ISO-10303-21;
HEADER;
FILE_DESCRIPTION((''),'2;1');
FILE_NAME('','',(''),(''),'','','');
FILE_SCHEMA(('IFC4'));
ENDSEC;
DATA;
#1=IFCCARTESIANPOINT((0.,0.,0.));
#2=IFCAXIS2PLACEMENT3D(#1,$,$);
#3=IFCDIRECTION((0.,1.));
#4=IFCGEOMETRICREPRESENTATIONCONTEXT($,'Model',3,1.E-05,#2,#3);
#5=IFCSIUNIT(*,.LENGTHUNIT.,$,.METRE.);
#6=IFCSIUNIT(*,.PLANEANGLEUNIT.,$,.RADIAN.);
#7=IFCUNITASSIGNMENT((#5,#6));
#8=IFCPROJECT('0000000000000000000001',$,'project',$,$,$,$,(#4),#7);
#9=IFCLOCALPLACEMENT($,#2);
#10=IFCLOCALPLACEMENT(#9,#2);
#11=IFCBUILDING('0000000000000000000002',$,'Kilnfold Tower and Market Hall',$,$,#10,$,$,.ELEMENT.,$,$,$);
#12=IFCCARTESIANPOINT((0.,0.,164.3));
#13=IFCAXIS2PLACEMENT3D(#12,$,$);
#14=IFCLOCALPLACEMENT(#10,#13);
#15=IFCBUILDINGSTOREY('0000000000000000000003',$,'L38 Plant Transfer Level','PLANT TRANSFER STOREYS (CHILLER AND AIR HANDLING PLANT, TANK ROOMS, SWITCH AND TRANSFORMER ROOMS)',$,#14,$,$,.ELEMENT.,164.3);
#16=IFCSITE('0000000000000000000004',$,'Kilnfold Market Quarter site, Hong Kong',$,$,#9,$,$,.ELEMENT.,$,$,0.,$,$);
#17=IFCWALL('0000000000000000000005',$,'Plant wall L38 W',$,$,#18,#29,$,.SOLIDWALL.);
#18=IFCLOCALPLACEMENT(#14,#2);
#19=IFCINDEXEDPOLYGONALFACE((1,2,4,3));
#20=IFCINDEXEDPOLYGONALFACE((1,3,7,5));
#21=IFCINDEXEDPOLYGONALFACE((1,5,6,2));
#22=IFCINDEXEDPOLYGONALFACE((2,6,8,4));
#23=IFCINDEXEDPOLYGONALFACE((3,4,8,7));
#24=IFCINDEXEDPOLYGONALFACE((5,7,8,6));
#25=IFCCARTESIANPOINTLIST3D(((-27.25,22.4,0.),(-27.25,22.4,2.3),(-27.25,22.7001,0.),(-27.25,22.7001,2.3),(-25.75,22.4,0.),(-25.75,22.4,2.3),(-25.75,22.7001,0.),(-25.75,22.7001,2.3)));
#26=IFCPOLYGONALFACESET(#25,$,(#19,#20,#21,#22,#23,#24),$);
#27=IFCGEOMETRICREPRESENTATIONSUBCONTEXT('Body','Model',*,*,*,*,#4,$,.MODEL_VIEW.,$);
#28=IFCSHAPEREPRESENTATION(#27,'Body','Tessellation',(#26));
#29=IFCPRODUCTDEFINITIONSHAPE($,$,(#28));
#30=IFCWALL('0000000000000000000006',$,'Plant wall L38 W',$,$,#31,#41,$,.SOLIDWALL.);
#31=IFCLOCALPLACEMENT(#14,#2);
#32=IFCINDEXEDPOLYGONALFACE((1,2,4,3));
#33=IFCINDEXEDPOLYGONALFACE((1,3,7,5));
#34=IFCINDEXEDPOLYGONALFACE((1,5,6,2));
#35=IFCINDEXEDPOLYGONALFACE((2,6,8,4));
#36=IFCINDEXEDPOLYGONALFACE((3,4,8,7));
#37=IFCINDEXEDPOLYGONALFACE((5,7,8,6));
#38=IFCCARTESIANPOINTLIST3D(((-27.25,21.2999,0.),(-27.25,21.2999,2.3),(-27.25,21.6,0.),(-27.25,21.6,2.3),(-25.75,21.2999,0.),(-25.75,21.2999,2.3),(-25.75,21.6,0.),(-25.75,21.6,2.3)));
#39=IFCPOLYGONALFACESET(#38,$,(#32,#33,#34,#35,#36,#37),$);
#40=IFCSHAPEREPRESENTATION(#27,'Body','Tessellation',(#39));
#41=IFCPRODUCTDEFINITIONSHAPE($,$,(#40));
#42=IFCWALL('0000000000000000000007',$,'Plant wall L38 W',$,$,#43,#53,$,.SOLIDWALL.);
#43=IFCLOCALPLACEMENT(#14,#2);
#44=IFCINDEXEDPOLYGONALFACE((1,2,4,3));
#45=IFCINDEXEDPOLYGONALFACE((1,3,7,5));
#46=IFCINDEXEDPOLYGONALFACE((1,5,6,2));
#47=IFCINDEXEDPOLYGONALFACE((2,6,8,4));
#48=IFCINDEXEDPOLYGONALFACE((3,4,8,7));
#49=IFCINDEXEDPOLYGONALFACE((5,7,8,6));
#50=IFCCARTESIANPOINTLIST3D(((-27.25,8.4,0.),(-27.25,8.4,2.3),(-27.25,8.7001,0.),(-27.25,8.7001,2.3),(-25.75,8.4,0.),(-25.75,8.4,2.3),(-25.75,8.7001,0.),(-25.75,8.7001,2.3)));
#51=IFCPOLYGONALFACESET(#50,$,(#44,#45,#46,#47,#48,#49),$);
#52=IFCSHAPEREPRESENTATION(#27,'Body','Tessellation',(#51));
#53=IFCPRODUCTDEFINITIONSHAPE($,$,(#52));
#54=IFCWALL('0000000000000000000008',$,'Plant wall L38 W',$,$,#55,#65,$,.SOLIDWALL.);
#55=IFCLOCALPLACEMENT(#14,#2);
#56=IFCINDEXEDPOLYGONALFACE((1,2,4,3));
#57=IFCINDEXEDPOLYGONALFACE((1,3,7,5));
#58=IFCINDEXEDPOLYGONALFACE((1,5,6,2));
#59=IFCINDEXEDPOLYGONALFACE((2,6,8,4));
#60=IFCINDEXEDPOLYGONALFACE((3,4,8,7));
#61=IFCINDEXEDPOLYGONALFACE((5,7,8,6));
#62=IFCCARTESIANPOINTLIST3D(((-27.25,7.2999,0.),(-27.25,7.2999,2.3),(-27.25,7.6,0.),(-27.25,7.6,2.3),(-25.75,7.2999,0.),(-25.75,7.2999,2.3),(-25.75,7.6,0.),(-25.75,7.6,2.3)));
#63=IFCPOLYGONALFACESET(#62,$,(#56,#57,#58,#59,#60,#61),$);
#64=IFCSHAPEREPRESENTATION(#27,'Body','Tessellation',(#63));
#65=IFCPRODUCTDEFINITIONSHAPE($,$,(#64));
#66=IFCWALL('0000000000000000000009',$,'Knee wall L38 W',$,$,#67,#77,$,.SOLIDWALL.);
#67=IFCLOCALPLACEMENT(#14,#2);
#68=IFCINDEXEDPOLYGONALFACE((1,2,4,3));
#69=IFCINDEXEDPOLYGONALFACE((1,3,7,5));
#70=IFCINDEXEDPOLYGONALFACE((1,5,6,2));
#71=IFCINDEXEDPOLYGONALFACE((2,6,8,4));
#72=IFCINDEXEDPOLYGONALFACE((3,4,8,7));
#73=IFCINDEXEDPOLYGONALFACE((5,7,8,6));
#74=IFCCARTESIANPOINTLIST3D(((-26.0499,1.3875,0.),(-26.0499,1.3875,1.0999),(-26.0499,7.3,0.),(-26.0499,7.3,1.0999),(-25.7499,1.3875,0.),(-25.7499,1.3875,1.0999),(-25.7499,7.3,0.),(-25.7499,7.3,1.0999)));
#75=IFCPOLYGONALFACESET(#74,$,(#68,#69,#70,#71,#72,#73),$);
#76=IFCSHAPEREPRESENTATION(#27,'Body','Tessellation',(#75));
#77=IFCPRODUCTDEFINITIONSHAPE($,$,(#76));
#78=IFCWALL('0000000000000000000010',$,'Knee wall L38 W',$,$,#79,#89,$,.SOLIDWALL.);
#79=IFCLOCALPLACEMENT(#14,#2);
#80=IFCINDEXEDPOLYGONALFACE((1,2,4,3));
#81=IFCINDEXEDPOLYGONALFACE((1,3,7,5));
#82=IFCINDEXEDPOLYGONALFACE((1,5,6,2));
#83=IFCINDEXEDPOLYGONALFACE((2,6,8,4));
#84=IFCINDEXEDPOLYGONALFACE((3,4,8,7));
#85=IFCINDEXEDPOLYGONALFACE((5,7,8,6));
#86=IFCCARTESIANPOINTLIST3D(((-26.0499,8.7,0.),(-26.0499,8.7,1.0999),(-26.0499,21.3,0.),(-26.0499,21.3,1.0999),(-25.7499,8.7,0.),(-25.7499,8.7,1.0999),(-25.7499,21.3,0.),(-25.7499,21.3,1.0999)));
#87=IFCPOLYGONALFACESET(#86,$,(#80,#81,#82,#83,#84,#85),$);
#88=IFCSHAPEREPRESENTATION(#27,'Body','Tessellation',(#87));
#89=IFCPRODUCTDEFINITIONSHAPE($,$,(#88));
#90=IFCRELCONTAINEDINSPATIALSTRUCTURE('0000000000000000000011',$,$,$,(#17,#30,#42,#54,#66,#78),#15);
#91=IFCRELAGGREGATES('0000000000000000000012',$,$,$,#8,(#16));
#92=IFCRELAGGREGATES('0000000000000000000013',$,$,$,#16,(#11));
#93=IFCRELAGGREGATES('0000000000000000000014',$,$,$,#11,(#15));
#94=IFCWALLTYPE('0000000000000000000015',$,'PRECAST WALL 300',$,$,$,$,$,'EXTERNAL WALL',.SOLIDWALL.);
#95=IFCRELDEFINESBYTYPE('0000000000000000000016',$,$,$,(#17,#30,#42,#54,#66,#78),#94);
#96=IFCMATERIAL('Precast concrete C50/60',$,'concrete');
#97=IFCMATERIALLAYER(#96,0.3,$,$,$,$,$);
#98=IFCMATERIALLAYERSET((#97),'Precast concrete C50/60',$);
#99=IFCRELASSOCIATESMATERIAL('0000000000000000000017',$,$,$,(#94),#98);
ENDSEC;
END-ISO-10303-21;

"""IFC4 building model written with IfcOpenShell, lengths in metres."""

from ifc_helpers import new_model, si_unit, direction, frame, frame_2d, origin, place, context, subcontext, project, spatial, rectangle, extrude, source, transform, mapped, material, layer, layer_set, type_object, element, save


model = new_model("IFC4")

# Units and contexts
model_context = context("Model", 3, precision=1e-05, world=origin(), true_north=direction((0.0, 1.0)))
body_context = subcontext(model_context, "Body", "Model", "MODEL_VIEW")
ifc_project = project(units=[si_unit("LENGTHUNIT", "METRE"), si_unit("PLANEANGLEUNIT", "RADIAN")], contexts=[model_context])

# Site, building, storey
site_placement = place(None, origin())
site = spatial("IfcSite", under=ifc_project, at=site_placement, Name="Kilnfold Market Quarter site, Hong Kong", CompositionType="ELEMENT", RefElevation=0.0)
building_placement = place(site_placement, origin())
building = spatial("IfcBuilding", under=site, at=building_placement, Name="Kilnfold Tower and Market Hall", CompositionType="ELEMENT")
storey_placement = place(building_placement, frame((0.0, 0.0, 164.3)))
storey = spatial("IfcBuildingStorey", under=building, at=storey_placement, Name="L38 Plant Transfer Level", Description="PLANT TRANSFER STOREYS (CHILLER AND AIR HANDLING PLANT, TANK ROOMS, SWITCH AND TRANSFORMER ROOMS)", CompositionType="ELEMENT", Elevation=164.3)

# Walls
ifc_material_1 = material(Name="Precast concrete C50/60", Category="concrete")
ifc_layer_1 = layer(ifc_material_1, 0.3)
ifc_layer_set_1 = layer_set([ifc_layer_1], Name="Precast concrete C50/60")
wall_type_1 = type_object("IfcWallType", Name="PRECAST WALL 300", ElementType="EXTERNAL WALL", PredefinedType="SOLIDWALL", material=ifc_layer_set_1)
shared_shape_1 = source(origin(), body_context, "Body", "SweptSolid", [
    extrude(rectangle(XDim=1.5, YDim=0.3, at=frame_2d((0.75, 0.0))), origin(), (0.0, 0.0, 1.0), 2.3),
])
for number, where, z_axis, x_axis, name in (
    (1, (-27.25, 22.55, 0.0), (0.0, 0.0, 1.0), (1.0, 0.0, 0.0), "Plant wall L38 W"),
    (2, (-27.25, 21.45, 0.0), (0.0, 0.0, 1.0), (1.0, 0.0, 0.0), "Plant wall L38 W"),
    (3, (-27.25, 8.55, 0.0), (0.0, 0.0, 1.0), (1.0, 0.0, 0.0), "Plant wall L38 W"),
    (4, (-27.25, 7.45, 0.0), (0.0, 0.0, 1.0), (1.0, 0.0, 0.0), "Plant wall L38 W"),
):
    element("IfcWall", number, at=place(storey_placement, frame(where, z_axis=z_axis, x_axis=x_axis)), inside=storey, type_object=wall_type_1, Name=name, PredefinedType="SOLIDWALL", context=body_context, shape_type="MappedRepresentation", body=[
        mapped(shared_shape_1, transform((0.0, 0.0, 0.0))),
    ])
shared_shape_2 = source(origin(), body_context, "Body", "SweptSolid", [
    extrude(rectangle(XDim=5.9126, YDim=0.3, at=frame_2d((2.9563, 0.0))), origin(), (0.0, 0.0, 1.0), 1.0999),
])
wall_1_placement = place(storey_placement, frame((-25.8999, 7.3, 0.0), z_axis=(0.0, 0.0, 1.0), x_axis=(0.0, -1.0, 0.0)))
element("IfcWall", 5, at=wall_1_placement, inside=storey, type_object=wall_type_1, Name="Knee wall L38 W", PredefinedType="SOLIDWALL", context=body_context, shape_type="MappedRepresentation", body=[
    mapped(shared_shape_2, transform((0.0, 0.0, 0.0))),
])
shared_shape_3 = source(origin(), body_context, "Body", "SweptSolid", [
    extrude(rectangle(XDim=12.6001, YDim=0.3, at=frame_2d((6.3, 0.0))), origin(), (0.0, 0.0, 1.0), 1.0999),
])
wall_2_placement = place(storey_placement, frame((-25.8999, 21.3, 0.0), z_axis=(0.0, 0.0, 1.0), x_axis=(0.0, -1.0, 0.0)))
element("IfcWall", 6, at=wall_2_placement, inside=storey, type_object=wall_type_1, Name="Knee wall L38 W", PredefinedType="SOLIDWALL", context=body_context, shape_type="MappedRepresentation", body=[
    mapped(shared_shape_3, transform((0.0, 0.0, 0.0))),
])

save(model, "model.ifc")
